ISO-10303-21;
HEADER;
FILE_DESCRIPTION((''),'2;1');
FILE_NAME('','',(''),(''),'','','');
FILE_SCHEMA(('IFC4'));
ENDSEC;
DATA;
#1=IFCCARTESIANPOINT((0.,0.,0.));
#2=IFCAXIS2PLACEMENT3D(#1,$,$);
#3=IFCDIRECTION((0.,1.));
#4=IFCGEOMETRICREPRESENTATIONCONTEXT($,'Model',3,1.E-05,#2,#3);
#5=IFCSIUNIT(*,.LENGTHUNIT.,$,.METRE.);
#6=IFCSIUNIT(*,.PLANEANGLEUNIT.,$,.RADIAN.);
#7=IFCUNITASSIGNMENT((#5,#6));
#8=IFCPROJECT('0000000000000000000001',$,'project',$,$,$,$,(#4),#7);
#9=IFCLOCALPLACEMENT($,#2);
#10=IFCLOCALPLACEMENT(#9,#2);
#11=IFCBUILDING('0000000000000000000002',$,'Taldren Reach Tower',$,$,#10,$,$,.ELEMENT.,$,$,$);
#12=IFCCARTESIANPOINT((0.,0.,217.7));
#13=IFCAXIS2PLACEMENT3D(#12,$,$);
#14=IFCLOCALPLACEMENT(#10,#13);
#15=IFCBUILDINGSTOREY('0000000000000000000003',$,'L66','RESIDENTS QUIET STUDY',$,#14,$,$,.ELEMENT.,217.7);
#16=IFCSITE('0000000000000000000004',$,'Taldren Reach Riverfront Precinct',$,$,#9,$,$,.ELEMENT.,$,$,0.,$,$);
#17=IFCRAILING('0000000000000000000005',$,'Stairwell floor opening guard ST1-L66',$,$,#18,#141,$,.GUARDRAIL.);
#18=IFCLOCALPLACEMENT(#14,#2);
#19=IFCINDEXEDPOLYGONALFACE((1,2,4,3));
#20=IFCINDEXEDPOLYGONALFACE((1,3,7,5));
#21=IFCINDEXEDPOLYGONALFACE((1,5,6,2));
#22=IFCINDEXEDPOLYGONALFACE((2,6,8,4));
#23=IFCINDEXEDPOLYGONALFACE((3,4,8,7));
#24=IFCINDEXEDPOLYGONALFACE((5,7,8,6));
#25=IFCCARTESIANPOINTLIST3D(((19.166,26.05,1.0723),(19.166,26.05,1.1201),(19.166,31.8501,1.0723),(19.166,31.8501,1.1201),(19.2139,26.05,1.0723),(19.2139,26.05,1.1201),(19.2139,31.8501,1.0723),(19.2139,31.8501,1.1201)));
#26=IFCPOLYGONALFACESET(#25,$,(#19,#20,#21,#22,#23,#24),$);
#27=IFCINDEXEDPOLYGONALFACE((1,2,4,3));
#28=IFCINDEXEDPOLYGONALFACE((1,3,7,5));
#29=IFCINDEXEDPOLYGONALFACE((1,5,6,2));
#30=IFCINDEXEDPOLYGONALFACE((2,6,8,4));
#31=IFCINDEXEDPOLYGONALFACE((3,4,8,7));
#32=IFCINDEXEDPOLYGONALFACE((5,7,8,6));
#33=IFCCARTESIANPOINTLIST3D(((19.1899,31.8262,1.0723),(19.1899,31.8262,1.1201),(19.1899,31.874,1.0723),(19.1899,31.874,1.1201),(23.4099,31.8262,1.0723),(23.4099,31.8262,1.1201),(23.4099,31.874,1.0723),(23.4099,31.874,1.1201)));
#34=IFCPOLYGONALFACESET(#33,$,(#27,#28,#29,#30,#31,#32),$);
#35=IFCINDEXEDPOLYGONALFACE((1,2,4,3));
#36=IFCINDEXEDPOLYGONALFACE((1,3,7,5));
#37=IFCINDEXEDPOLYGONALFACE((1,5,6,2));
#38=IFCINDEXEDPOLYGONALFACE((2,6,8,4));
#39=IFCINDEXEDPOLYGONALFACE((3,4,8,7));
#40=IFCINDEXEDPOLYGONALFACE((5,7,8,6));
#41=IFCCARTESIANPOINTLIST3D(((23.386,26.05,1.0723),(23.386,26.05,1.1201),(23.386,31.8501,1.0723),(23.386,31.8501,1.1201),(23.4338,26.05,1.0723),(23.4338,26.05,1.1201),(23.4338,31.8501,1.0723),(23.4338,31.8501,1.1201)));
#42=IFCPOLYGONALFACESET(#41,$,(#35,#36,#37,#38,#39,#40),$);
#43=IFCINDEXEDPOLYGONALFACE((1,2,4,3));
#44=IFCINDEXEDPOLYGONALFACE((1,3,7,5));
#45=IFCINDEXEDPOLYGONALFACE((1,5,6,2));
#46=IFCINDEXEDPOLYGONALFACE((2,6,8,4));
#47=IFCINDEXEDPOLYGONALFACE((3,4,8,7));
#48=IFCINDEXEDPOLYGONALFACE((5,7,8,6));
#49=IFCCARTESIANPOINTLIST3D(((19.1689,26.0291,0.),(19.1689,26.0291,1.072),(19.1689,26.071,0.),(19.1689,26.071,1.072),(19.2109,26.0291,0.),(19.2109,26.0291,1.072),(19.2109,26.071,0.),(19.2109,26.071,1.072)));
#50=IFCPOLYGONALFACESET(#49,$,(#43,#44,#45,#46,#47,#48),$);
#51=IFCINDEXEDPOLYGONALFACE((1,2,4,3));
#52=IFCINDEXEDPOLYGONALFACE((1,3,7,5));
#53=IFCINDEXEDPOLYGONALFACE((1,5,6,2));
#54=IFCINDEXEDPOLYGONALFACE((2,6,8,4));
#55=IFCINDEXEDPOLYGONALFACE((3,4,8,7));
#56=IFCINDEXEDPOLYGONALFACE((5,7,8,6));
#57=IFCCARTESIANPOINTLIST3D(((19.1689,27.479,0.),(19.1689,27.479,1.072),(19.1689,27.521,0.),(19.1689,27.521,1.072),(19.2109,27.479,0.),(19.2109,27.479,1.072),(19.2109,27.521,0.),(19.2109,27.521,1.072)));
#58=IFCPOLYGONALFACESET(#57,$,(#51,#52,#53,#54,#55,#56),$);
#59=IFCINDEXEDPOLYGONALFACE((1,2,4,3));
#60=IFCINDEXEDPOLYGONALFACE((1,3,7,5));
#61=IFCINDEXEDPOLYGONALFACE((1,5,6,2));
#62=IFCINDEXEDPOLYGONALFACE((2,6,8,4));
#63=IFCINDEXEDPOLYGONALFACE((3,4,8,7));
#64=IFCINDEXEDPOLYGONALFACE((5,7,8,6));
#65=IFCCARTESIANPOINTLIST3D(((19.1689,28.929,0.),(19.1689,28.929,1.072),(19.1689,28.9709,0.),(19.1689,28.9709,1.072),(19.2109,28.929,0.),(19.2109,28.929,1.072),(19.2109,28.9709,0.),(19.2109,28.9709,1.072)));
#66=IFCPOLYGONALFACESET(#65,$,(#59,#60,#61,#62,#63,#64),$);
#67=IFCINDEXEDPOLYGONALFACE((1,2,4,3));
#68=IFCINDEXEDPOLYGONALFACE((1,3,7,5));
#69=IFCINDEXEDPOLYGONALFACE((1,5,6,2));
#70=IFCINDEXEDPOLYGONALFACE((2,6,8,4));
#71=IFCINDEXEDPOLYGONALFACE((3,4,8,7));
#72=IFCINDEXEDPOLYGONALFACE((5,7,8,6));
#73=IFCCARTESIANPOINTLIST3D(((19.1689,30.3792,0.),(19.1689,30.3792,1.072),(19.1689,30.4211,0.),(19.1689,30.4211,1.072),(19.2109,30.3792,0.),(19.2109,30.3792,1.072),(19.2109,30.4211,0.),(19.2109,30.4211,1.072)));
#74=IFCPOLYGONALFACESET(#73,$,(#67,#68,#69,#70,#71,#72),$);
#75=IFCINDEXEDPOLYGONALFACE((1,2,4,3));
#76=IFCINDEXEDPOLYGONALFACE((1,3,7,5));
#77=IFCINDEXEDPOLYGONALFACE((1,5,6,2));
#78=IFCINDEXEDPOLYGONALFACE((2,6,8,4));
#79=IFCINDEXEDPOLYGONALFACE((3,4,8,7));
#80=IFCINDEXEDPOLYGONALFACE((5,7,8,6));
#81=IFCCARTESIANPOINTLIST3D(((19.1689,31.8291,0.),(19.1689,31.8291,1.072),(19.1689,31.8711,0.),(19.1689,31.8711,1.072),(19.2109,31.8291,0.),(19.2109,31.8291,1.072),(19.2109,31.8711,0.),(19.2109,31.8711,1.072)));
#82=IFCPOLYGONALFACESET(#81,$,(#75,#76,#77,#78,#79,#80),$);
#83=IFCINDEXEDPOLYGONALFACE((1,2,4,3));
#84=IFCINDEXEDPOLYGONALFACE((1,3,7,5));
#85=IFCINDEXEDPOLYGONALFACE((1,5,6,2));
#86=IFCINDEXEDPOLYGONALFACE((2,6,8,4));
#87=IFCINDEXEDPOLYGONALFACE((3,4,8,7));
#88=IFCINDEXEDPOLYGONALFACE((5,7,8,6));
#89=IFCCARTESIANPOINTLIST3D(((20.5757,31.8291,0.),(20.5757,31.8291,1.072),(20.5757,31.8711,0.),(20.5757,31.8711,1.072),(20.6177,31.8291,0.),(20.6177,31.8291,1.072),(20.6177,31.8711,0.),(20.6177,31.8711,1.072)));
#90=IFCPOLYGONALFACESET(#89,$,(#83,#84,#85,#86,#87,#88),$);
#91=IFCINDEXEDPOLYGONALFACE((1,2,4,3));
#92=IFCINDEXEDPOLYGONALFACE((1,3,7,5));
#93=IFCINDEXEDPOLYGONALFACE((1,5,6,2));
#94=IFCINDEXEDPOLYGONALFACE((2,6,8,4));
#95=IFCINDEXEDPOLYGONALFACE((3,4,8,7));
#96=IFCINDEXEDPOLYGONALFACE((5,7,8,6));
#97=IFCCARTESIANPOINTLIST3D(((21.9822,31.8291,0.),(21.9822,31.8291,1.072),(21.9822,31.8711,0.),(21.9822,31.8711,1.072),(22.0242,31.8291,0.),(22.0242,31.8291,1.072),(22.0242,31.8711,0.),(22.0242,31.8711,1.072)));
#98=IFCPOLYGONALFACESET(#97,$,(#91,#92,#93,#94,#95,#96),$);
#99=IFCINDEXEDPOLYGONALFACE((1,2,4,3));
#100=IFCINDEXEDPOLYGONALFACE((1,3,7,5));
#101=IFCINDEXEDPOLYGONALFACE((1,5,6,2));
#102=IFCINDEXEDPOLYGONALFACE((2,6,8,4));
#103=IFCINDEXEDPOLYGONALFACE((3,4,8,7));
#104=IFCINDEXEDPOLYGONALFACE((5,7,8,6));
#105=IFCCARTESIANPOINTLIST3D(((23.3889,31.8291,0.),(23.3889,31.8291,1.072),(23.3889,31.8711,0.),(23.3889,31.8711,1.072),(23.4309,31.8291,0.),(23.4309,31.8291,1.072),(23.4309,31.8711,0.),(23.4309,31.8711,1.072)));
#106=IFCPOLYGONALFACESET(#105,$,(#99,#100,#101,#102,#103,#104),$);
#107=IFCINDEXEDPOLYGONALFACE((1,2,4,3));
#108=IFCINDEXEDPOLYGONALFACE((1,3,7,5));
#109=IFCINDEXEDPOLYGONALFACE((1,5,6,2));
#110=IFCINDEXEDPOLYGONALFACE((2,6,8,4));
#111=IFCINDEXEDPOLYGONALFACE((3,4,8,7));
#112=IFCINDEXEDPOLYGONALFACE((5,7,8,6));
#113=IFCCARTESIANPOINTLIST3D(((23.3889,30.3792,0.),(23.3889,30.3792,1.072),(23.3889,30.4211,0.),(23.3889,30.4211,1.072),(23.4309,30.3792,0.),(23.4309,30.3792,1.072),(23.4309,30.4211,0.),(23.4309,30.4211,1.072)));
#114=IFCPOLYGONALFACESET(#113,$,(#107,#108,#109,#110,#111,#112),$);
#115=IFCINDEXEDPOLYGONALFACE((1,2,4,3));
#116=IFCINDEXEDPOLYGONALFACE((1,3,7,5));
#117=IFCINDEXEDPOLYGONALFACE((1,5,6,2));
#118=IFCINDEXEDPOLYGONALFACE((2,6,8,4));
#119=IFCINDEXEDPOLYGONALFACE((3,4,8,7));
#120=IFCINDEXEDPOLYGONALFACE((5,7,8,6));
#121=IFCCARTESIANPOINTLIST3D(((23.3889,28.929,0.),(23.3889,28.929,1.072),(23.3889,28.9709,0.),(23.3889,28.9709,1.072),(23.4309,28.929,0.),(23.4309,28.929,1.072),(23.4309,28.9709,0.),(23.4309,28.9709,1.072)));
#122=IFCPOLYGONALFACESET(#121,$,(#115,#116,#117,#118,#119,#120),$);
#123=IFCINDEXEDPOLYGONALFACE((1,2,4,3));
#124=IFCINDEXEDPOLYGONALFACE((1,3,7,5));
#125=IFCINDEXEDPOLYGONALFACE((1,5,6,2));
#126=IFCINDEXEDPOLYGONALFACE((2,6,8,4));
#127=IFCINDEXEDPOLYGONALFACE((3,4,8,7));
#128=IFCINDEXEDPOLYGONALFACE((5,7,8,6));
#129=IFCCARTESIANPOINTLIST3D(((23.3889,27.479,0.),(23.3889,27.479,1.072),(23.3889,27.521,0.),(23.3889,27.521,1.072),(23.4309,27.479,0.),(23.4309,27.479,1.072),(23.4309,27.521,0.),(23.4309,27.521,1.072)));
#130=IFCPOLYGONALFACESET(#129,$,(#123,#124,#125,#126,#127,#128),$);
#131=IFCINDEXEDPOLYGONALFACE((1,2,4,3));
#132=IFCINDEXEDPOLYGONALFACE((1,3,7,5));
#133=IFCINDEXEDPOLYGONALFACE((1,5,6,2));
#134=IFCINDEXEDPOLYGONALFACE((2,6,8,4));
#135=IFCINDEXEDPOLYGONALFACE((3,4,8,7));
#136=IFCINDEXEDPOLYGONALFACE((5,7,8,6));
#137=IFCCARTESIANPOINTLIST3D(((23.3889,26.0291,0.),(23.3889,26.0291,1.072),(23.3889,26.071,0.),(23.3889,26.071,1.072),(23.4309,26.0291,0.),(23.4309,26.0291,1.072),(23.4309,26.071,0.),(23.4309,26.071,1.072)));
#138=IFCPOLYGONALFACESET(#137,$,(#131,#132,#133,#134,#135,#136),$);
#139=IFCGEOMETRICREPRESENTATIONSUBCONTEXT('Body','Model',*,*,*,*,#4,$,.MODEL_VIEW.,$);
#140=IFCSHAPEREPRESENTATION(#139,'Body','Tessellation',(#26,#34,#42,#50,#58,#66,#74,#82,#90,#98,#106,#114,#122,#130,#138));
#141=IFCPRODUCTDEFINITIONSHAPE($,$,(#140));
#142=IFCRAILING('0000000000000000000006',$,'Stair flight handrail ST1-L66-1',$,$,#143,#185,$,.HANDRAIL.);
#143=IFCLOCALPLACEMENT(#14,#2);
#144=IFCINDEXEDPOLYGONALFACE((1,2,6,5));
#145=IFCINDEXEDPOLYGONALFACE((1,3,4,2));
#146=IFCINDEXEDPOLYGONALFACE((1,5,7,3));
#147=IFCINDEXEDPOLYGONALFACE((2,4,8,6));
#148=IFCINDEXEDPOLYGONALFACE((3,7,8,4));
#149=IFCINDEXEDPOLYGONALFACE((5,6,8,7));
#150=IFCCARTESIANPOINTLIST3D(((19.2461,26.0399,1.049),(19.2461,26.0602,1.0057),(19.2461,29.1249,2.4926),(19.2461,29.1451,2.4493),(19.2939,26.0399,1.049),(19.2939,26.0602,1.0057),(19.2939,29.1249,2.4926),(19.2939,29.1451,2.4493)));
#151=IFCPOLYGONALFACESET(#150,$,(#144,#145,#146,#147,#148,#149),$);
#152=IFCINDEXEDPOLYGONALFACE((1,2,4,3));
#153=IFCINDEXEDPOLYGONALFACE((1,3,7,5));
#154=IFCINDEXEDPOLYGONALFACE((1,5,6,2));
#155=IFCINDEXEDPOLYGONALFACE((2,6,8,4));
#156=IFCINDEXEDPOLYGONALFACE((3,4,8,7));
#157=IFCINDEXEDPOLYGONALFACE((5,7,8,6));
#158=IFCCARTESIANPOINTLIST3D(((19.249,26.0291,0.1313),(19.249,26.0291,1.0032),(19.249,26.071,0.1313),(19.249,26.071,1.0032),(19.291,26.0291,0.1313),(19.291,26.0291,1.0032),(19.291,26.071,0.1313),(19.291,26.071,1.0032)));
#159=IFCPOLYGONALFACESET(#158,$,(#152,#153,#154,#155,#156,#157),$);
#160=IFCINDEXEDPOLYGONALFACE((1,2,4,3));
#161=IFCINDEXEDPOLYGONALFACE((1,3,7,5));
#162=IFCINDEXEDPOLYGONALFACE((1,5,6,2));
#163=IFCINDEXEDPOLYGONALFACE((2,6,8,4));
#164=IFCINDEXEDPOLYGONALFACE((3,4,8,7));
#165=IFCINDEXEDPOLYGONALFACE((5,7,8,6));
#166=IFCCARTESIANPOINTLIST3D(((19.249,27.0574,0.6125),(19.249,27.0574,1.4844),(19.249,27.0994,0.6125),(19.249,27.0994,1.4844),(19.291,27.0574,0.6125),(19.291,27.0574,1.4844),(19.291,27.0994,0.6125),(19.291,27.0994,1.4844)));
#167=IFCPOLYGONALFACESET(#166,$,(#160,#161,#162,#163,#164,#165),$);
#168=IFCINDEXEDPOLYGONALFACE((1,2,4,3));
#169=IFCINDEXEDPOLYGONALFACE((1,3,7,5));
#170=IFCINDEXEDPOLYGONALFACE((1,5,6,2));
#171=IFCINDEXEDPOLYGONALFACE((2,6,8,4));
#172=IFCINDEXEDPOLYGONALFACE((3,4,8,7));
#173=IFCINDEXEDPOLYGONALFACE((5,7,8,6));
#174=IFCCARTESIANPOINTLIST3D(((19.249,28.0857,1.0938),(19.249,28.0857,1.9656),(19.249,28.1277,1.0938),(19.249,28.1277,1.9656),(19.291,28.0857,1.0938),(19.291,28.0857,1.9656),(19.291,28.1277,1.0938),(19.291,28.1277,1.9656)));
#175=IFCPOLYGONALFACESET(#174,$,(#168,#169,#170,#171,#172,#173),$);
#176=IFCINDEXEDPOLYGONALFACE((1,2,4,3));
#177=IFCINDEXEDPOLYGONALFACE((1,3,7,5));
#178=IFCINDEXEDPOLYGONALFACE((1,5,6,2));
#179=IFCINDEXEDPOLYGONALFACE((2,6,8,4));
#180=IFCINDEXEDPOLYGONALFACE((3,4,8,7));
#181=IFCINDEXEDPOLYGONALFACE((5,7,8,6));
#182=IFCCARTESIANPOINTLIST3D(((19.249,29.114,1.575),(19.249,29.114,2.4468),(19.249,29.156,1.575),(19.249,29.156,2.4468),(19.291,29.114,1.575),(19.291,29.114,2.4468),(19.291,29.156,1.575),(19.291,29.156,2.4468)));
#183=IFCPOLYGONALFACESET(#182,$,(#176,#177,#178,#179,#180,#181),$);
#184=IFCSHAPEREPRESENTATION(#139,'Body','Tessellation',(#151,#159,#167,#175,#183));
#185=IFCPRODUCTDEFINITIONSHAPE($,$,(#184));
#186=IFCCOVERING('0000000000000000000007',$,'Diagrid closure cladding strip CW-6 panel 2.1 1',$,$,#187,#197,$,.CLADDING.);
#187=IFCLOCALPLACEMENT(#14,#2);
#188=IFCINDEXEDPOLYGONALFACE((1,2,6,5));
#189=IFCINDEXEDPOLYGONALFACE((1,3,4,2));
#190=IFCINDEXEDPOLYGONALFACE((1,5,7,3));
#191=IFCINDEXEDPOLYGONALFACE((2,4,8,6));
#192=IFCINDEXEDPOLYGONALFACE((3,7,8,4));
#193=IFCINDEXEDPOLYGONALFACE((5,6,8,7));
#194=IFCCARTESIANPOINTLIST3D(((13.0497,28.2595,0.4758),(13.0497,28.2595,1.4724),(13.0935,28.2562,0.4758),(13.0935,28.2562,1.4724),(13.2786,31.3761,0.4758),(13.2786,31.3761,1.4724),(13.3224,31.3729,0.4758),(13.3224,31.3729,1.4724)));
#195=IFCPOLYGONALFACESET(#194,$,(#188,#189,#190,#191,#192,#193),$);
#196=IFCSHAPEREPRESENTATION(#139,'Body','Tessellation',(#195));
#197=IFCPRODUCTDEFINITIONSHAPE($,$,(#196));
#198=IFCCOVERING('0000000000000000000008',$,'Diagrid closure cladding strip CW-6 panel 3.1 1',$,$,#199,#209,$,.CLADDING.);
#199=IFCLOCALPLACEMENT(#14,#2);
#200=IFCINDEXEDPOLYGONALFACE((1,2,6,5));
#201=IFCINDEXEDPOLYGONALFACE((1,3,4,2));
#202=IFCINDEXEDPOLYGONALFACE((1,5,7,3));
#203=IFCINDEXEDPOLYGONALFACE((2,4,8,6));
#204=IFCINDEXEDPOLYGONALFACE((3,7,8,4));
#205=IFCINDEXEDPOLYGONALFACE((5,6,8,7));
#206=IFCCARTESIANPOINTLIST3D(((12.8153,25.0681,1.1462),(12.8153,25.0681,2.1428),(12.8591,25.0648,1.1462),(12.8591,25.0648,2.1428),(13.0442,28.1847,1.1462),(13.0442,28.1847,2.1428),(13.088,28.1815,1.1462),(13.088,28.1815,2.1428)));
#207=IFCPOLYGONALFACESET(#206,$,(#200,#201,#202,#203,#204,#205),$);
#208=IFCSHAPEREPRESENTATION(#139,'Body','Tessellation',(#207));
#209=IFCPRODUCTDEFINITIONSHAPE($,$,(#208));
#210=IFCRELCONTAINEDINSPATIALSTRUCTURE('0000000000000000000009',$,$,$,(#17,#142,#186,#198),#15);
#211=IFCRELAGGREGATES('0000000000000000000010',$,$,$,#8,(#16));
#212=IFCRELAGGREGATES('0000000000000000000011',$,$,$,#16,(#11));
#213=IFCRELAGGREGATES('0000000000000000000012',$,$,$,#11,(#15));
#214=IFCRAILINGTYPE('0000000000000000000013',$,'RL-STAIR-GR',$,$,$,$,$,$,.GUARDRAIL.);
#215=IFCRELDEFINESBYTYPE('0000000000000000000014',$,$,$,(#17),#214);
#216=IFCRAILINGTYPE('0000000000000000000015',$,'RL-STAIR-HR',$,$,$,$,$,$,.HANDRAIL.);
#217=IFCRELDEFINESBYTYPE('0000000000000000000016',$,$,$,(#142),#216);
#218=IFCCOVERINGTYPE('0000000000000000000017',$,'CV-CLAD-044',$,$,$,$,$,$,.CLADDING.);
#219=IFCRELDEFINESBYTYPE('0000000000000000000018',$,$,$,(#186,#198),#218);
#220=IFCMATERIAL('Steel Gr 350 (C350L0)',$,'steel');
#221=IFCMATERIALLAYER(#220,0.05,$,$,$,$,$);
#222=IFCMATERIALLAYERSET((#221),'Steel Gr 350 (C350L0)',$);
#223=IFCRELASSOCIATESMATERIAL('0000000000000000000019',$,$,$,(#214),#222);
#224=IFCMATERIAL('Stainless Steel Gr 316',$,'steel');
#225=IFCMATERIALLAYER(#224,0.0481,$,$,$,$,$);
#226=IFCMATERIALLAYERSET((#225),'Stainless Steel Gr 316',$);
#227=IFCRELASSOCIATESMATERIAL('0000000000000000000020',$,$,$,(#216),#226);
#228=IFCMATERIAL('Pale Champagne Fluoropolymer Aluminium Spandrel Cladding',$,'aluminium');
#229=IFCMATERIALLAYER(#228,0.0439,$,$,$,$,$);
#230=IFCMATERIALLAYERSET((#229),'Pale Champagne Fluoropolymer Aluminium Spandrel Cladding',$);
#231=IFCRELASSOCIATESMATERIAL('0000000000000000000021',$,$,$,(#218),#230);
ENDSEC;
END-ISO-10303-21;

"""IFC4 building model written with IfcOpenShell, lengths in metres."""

from ifc_helpers import new_model, si_unit, direction, frame, origin, origin_2d, place, context, subcontext, project, spatial, rectangle, extrude, source, transform, mapped, material, layer, layer_set, type_object, element, save


model = new_model("IFC4")

# Units and contexts
model_context = context("Model", 3, precision=1e-05, world=origin(), true_north=direction((0.0, 1.0)))
body_context = subcontext(model_context, "Body", "Model", "MODEL_VIEW")
ifc_project = project(units=[si_unit("LENGTHUNIT", "METRE"), si_unit("PLANEANGLEUNIT", "RADIAN")], contexts=[model_context])

# Site, building, storey
site_placement = place(None, origin())
site = spatial("IfcSite", under=ifc_project, at=site_placement, Name="Taldren Reach Riverfront Precinct", CompositionType="ELEMENT", RefElevation=0.0)
building_placement = place(site_placement, origin())
building = spatial("IfcBuilding", under=site, at=building_placement, Name="Taldren Reach Tower", CompositionType="ELEMENT")
storey_placement = place(building_placement, frame((0.0, 0.0, 217.7)))
storey = spatial("IfcBuildingStorey", under=building, at=storey_placement, Name="L66", Description="RESIDENTS QUIET STUDY", CompositionType="ELEMENT", Elevation=217.7)

# Shared definitions
ifc_material_1 = material(Name="Steel Gr 350 (C350L0)", Category="steel")

# Railings
ifc_layer_1 = layer(ifc_material_1, 0.05)
ifc_layer_set_1 = layer_set([ifc_layer_1], Name="Steel Gr 350 (C350L0)")
railing_type_1 = type_object("IfcRailingType", Name="RL-STAIR-GR", PredefinedType="GUARDRAIL", material=ifc_layer_set_1)
railing_1_placement = place(storey_placement, frame((19.1899, 26.05, 0.0)))
element("IfcRailing", 1, at=railing_1_placement, inside=storey, type_object=railing_type_1, Name="Stairwell floor opening guard ST1-L66", PredefinedType="GUARDRAIL", context=body_context, shape_type="SweptSolid", body=[
    extrude(rectangle(XDim=0.0479, YDim=0.0479, at=origin_2d()), frame((0.0, 0.0, 1.0962), z_axis=(0.0, 1.0, 0.0), x_axis=(-1.0, 0.0, 0.0)), (0.0, 0.0, 1.0), 5.8),
    extrude(rectangle(XDim=0.0479, YDim=0.0479, at=origin_2d()), frame((0.0, 5.8, 1.0962), z_axis=(1.0, 0.0, 0.0), x_axis=(0.0, 1.0, 0.0)), (0.0, 0.0, 1.0), 4.22),
    extrude(rectangle(XDim=0.0479, YDim=0.0479, at=origin_2d()), frame((4.22, 5.8, 1.0962), z_axis=(0.0, -1.0, 0.0), x_axis=(1.0, 0.0, 0.0)), (0.0, 0.0, 1.0), 5.8),
    extrude(rectangle(XDim=0.042, YDim=0.042, at=origin_2d()), origin(), (0.0, 0.0, 1.0), 1.072),
    extrude(rectangle(XDim=0.042, YDim=0.042, at=origin_2d()), frame((0.0, 1.45, 0.0)), (0.0, 0.0, 1.0), 1.072),
    extrude(rectangle(XDim=0.042, YDim=0.042, at=origin_2d()), frame((0.0, 2.8999, 0.0)), (0.0, 0.0, 1.0), 1.072),
    extrude(rectangle(XDim=0.042, YDim=0.042, at=origin_2d()), frame((0.0, 4.3501, 0.0)), (0.0, 0.0, 1.0), 1.072),
    extrude(rectangle(XDim=0.042, YDim=0.042, at=origin_2d()), frame((0.0, 5.8, 0.0)), (0.0, 0.0, 1.0), 1.072),
    extrude(rectangle(XDim=0.042, YDim=0.042, at=origin_2d()), frame((1.4067, 5.8, 0.0)), (0.0, 0.0, 1.0), 1.072),
    extrude(rectangle(XDim=0.042, YDim=0.042, at=origin_2d()), frame((2.8132, 5.8, 0.0)), (0.0, 0.0, 1.0), 1.072),
    extrude(rectangle(XDim=0.042, YDim=0.042, at=origin_2d()), frame((4.22, 5.8, 0.0)), (0.0, 0.0, 1.0), 1.072),
    extrude(rectangle(XDim=0.042, YDim=0.042, at=origin_2d()), frame((4.22, 4.3501, 0.0)), (0.0, 0.0, 1.0), 1.072),
    extrude(rectangle(XDim=0.042, YDim=0.042, at=origin_2d()), frame((4.22, 2.8999, 0.0)), (0.0, 0.0, 1.0), 1.072),
    extrude(rectangle(XDim=0.042, YDim=0.042, at=origin_2d()), frame((4.22, 1.45, 0.0)), (0.0, 0.0, 1.0), 1.072),
    extrude(rectangle(XDim=0.042, YDim=0.042, at=origin_2d()), frame((4.22, 0.0, 0.0)), (0.0, 0.0, 1.0), 1.072),
])
ifc_material_2 = material(Name="Stainless Steel Gr 316", Category="steel")
ifc_layer_2 = layer(ifc_material_2, 0.0481)
ifc_layer_set_2 = layer_set([ifc_layer_2], Name="Stainless Steel Gr 316")
railing_type_2 = type_object("IfcRailingType", Name="RL-STAIR-HR", PredefinedType="HANDRAIL", material=ifc_layer_set_2)
railing_2_placement = place(storey_placement, frame((19.27, 26.05, 0.1313)))
element("IfcRailing", 2, at=railing_2_placement, inside=storey, type_object=railing_type_2, Name="Stair flight handrail ST1-L66-1", PredefinedType="HANDRAIL", context=body_context, shape_type="SweptSolid", body=[
    extrude(rectangle(XDim=0.0479, YDim=0.0479, at=origin_2d()), frame((0.0, 0.0, 0.896), z_axis=(0.0, 0.905738, 0.423839), x_axis=(-1.0, 0.0, 0.0)), (0.0, 0.0, 1.0), 3.406),
    extrude(rectangle(XDim=0.042, YDim=0.042, at=origin_2d()), origin(), (0.0, 0.0, 1.0), 0.8718),
    extrude(rectangle(XDim=0.042, YDim=0.042, at=origin_2d()), frame((0.0, 1.0283, 0.4812)), (0.0, 0.0, 1.0), 0.8718),
    extrude(rectangle(XDim=0.042, YDim=0.042, at=origin_2d()), frame((0.0, 2.0566, 0.9624)), (0.0, 0.0, 1.0), 0.8718),
    extrude(rectangle(XDim=0.042, YDim=0.042, at=origin_2d()), frame((0.0, 3.085, 1.4436)), (0.0, 0.0, 1.0), 0.8718),
])

# Coverings
ifc_material_3 = material(Name="Pale Champagne Fluoropolymer Aluminium Spandrel Cladding", Category="aluminium")
ifc_layer_3 = layer(ifc_material_3, 0.0439)
ifc_layer_set_3 = layer_set([ifc_layer_3], Name="Pale Champagne Fluoropolymer Aluminium Spandrel Cladding")
covering_type = type_object("IfcCoveringType", Name="CV-CLAD-044", PredefinedType="CLADDING", material=ifc_layer_set_3)
shared_shape_1 = source(origin(), body_context, "Body", "SweptSolid", [
    extrude(rectangle(XDim=3.125, YDim=0.0439, at=origin_2d()), origin(), (0.0, 0.0, 1.0), 0.9966),
])
for number, where, z_axis, x_axis, name in (
    (3, (13.186, 29.8162, 0.4758), (0.0, 0.0, 1.0), (-0.073238, -0.997314, 0.0), "Diagrid closure cladding strip CW-6 panel 2.1 1"),
    (4, (12.9517, 26.6248, 1.1462), (0.0, 0.0, 1.0), (-0.073238, -0.997314, 0.0), "Diagrid closure cladding strip CW-6 panel 3.1 1"),
):
    element("IfcCovering", number, at=place(storey_placement, frame(where, z_axis=z_axis, x_axis=x_axis)), inside=storey, type_object=covering_type, Name=name, PredefinedType="CLADDING", context=body_context, shape_type="MappedRepresentation", body=[
        mapped(shared_shape_1, transform((0.0, 0.0, 0.0), scale=1.0)),
    ])

save(model, "model.ifc")
